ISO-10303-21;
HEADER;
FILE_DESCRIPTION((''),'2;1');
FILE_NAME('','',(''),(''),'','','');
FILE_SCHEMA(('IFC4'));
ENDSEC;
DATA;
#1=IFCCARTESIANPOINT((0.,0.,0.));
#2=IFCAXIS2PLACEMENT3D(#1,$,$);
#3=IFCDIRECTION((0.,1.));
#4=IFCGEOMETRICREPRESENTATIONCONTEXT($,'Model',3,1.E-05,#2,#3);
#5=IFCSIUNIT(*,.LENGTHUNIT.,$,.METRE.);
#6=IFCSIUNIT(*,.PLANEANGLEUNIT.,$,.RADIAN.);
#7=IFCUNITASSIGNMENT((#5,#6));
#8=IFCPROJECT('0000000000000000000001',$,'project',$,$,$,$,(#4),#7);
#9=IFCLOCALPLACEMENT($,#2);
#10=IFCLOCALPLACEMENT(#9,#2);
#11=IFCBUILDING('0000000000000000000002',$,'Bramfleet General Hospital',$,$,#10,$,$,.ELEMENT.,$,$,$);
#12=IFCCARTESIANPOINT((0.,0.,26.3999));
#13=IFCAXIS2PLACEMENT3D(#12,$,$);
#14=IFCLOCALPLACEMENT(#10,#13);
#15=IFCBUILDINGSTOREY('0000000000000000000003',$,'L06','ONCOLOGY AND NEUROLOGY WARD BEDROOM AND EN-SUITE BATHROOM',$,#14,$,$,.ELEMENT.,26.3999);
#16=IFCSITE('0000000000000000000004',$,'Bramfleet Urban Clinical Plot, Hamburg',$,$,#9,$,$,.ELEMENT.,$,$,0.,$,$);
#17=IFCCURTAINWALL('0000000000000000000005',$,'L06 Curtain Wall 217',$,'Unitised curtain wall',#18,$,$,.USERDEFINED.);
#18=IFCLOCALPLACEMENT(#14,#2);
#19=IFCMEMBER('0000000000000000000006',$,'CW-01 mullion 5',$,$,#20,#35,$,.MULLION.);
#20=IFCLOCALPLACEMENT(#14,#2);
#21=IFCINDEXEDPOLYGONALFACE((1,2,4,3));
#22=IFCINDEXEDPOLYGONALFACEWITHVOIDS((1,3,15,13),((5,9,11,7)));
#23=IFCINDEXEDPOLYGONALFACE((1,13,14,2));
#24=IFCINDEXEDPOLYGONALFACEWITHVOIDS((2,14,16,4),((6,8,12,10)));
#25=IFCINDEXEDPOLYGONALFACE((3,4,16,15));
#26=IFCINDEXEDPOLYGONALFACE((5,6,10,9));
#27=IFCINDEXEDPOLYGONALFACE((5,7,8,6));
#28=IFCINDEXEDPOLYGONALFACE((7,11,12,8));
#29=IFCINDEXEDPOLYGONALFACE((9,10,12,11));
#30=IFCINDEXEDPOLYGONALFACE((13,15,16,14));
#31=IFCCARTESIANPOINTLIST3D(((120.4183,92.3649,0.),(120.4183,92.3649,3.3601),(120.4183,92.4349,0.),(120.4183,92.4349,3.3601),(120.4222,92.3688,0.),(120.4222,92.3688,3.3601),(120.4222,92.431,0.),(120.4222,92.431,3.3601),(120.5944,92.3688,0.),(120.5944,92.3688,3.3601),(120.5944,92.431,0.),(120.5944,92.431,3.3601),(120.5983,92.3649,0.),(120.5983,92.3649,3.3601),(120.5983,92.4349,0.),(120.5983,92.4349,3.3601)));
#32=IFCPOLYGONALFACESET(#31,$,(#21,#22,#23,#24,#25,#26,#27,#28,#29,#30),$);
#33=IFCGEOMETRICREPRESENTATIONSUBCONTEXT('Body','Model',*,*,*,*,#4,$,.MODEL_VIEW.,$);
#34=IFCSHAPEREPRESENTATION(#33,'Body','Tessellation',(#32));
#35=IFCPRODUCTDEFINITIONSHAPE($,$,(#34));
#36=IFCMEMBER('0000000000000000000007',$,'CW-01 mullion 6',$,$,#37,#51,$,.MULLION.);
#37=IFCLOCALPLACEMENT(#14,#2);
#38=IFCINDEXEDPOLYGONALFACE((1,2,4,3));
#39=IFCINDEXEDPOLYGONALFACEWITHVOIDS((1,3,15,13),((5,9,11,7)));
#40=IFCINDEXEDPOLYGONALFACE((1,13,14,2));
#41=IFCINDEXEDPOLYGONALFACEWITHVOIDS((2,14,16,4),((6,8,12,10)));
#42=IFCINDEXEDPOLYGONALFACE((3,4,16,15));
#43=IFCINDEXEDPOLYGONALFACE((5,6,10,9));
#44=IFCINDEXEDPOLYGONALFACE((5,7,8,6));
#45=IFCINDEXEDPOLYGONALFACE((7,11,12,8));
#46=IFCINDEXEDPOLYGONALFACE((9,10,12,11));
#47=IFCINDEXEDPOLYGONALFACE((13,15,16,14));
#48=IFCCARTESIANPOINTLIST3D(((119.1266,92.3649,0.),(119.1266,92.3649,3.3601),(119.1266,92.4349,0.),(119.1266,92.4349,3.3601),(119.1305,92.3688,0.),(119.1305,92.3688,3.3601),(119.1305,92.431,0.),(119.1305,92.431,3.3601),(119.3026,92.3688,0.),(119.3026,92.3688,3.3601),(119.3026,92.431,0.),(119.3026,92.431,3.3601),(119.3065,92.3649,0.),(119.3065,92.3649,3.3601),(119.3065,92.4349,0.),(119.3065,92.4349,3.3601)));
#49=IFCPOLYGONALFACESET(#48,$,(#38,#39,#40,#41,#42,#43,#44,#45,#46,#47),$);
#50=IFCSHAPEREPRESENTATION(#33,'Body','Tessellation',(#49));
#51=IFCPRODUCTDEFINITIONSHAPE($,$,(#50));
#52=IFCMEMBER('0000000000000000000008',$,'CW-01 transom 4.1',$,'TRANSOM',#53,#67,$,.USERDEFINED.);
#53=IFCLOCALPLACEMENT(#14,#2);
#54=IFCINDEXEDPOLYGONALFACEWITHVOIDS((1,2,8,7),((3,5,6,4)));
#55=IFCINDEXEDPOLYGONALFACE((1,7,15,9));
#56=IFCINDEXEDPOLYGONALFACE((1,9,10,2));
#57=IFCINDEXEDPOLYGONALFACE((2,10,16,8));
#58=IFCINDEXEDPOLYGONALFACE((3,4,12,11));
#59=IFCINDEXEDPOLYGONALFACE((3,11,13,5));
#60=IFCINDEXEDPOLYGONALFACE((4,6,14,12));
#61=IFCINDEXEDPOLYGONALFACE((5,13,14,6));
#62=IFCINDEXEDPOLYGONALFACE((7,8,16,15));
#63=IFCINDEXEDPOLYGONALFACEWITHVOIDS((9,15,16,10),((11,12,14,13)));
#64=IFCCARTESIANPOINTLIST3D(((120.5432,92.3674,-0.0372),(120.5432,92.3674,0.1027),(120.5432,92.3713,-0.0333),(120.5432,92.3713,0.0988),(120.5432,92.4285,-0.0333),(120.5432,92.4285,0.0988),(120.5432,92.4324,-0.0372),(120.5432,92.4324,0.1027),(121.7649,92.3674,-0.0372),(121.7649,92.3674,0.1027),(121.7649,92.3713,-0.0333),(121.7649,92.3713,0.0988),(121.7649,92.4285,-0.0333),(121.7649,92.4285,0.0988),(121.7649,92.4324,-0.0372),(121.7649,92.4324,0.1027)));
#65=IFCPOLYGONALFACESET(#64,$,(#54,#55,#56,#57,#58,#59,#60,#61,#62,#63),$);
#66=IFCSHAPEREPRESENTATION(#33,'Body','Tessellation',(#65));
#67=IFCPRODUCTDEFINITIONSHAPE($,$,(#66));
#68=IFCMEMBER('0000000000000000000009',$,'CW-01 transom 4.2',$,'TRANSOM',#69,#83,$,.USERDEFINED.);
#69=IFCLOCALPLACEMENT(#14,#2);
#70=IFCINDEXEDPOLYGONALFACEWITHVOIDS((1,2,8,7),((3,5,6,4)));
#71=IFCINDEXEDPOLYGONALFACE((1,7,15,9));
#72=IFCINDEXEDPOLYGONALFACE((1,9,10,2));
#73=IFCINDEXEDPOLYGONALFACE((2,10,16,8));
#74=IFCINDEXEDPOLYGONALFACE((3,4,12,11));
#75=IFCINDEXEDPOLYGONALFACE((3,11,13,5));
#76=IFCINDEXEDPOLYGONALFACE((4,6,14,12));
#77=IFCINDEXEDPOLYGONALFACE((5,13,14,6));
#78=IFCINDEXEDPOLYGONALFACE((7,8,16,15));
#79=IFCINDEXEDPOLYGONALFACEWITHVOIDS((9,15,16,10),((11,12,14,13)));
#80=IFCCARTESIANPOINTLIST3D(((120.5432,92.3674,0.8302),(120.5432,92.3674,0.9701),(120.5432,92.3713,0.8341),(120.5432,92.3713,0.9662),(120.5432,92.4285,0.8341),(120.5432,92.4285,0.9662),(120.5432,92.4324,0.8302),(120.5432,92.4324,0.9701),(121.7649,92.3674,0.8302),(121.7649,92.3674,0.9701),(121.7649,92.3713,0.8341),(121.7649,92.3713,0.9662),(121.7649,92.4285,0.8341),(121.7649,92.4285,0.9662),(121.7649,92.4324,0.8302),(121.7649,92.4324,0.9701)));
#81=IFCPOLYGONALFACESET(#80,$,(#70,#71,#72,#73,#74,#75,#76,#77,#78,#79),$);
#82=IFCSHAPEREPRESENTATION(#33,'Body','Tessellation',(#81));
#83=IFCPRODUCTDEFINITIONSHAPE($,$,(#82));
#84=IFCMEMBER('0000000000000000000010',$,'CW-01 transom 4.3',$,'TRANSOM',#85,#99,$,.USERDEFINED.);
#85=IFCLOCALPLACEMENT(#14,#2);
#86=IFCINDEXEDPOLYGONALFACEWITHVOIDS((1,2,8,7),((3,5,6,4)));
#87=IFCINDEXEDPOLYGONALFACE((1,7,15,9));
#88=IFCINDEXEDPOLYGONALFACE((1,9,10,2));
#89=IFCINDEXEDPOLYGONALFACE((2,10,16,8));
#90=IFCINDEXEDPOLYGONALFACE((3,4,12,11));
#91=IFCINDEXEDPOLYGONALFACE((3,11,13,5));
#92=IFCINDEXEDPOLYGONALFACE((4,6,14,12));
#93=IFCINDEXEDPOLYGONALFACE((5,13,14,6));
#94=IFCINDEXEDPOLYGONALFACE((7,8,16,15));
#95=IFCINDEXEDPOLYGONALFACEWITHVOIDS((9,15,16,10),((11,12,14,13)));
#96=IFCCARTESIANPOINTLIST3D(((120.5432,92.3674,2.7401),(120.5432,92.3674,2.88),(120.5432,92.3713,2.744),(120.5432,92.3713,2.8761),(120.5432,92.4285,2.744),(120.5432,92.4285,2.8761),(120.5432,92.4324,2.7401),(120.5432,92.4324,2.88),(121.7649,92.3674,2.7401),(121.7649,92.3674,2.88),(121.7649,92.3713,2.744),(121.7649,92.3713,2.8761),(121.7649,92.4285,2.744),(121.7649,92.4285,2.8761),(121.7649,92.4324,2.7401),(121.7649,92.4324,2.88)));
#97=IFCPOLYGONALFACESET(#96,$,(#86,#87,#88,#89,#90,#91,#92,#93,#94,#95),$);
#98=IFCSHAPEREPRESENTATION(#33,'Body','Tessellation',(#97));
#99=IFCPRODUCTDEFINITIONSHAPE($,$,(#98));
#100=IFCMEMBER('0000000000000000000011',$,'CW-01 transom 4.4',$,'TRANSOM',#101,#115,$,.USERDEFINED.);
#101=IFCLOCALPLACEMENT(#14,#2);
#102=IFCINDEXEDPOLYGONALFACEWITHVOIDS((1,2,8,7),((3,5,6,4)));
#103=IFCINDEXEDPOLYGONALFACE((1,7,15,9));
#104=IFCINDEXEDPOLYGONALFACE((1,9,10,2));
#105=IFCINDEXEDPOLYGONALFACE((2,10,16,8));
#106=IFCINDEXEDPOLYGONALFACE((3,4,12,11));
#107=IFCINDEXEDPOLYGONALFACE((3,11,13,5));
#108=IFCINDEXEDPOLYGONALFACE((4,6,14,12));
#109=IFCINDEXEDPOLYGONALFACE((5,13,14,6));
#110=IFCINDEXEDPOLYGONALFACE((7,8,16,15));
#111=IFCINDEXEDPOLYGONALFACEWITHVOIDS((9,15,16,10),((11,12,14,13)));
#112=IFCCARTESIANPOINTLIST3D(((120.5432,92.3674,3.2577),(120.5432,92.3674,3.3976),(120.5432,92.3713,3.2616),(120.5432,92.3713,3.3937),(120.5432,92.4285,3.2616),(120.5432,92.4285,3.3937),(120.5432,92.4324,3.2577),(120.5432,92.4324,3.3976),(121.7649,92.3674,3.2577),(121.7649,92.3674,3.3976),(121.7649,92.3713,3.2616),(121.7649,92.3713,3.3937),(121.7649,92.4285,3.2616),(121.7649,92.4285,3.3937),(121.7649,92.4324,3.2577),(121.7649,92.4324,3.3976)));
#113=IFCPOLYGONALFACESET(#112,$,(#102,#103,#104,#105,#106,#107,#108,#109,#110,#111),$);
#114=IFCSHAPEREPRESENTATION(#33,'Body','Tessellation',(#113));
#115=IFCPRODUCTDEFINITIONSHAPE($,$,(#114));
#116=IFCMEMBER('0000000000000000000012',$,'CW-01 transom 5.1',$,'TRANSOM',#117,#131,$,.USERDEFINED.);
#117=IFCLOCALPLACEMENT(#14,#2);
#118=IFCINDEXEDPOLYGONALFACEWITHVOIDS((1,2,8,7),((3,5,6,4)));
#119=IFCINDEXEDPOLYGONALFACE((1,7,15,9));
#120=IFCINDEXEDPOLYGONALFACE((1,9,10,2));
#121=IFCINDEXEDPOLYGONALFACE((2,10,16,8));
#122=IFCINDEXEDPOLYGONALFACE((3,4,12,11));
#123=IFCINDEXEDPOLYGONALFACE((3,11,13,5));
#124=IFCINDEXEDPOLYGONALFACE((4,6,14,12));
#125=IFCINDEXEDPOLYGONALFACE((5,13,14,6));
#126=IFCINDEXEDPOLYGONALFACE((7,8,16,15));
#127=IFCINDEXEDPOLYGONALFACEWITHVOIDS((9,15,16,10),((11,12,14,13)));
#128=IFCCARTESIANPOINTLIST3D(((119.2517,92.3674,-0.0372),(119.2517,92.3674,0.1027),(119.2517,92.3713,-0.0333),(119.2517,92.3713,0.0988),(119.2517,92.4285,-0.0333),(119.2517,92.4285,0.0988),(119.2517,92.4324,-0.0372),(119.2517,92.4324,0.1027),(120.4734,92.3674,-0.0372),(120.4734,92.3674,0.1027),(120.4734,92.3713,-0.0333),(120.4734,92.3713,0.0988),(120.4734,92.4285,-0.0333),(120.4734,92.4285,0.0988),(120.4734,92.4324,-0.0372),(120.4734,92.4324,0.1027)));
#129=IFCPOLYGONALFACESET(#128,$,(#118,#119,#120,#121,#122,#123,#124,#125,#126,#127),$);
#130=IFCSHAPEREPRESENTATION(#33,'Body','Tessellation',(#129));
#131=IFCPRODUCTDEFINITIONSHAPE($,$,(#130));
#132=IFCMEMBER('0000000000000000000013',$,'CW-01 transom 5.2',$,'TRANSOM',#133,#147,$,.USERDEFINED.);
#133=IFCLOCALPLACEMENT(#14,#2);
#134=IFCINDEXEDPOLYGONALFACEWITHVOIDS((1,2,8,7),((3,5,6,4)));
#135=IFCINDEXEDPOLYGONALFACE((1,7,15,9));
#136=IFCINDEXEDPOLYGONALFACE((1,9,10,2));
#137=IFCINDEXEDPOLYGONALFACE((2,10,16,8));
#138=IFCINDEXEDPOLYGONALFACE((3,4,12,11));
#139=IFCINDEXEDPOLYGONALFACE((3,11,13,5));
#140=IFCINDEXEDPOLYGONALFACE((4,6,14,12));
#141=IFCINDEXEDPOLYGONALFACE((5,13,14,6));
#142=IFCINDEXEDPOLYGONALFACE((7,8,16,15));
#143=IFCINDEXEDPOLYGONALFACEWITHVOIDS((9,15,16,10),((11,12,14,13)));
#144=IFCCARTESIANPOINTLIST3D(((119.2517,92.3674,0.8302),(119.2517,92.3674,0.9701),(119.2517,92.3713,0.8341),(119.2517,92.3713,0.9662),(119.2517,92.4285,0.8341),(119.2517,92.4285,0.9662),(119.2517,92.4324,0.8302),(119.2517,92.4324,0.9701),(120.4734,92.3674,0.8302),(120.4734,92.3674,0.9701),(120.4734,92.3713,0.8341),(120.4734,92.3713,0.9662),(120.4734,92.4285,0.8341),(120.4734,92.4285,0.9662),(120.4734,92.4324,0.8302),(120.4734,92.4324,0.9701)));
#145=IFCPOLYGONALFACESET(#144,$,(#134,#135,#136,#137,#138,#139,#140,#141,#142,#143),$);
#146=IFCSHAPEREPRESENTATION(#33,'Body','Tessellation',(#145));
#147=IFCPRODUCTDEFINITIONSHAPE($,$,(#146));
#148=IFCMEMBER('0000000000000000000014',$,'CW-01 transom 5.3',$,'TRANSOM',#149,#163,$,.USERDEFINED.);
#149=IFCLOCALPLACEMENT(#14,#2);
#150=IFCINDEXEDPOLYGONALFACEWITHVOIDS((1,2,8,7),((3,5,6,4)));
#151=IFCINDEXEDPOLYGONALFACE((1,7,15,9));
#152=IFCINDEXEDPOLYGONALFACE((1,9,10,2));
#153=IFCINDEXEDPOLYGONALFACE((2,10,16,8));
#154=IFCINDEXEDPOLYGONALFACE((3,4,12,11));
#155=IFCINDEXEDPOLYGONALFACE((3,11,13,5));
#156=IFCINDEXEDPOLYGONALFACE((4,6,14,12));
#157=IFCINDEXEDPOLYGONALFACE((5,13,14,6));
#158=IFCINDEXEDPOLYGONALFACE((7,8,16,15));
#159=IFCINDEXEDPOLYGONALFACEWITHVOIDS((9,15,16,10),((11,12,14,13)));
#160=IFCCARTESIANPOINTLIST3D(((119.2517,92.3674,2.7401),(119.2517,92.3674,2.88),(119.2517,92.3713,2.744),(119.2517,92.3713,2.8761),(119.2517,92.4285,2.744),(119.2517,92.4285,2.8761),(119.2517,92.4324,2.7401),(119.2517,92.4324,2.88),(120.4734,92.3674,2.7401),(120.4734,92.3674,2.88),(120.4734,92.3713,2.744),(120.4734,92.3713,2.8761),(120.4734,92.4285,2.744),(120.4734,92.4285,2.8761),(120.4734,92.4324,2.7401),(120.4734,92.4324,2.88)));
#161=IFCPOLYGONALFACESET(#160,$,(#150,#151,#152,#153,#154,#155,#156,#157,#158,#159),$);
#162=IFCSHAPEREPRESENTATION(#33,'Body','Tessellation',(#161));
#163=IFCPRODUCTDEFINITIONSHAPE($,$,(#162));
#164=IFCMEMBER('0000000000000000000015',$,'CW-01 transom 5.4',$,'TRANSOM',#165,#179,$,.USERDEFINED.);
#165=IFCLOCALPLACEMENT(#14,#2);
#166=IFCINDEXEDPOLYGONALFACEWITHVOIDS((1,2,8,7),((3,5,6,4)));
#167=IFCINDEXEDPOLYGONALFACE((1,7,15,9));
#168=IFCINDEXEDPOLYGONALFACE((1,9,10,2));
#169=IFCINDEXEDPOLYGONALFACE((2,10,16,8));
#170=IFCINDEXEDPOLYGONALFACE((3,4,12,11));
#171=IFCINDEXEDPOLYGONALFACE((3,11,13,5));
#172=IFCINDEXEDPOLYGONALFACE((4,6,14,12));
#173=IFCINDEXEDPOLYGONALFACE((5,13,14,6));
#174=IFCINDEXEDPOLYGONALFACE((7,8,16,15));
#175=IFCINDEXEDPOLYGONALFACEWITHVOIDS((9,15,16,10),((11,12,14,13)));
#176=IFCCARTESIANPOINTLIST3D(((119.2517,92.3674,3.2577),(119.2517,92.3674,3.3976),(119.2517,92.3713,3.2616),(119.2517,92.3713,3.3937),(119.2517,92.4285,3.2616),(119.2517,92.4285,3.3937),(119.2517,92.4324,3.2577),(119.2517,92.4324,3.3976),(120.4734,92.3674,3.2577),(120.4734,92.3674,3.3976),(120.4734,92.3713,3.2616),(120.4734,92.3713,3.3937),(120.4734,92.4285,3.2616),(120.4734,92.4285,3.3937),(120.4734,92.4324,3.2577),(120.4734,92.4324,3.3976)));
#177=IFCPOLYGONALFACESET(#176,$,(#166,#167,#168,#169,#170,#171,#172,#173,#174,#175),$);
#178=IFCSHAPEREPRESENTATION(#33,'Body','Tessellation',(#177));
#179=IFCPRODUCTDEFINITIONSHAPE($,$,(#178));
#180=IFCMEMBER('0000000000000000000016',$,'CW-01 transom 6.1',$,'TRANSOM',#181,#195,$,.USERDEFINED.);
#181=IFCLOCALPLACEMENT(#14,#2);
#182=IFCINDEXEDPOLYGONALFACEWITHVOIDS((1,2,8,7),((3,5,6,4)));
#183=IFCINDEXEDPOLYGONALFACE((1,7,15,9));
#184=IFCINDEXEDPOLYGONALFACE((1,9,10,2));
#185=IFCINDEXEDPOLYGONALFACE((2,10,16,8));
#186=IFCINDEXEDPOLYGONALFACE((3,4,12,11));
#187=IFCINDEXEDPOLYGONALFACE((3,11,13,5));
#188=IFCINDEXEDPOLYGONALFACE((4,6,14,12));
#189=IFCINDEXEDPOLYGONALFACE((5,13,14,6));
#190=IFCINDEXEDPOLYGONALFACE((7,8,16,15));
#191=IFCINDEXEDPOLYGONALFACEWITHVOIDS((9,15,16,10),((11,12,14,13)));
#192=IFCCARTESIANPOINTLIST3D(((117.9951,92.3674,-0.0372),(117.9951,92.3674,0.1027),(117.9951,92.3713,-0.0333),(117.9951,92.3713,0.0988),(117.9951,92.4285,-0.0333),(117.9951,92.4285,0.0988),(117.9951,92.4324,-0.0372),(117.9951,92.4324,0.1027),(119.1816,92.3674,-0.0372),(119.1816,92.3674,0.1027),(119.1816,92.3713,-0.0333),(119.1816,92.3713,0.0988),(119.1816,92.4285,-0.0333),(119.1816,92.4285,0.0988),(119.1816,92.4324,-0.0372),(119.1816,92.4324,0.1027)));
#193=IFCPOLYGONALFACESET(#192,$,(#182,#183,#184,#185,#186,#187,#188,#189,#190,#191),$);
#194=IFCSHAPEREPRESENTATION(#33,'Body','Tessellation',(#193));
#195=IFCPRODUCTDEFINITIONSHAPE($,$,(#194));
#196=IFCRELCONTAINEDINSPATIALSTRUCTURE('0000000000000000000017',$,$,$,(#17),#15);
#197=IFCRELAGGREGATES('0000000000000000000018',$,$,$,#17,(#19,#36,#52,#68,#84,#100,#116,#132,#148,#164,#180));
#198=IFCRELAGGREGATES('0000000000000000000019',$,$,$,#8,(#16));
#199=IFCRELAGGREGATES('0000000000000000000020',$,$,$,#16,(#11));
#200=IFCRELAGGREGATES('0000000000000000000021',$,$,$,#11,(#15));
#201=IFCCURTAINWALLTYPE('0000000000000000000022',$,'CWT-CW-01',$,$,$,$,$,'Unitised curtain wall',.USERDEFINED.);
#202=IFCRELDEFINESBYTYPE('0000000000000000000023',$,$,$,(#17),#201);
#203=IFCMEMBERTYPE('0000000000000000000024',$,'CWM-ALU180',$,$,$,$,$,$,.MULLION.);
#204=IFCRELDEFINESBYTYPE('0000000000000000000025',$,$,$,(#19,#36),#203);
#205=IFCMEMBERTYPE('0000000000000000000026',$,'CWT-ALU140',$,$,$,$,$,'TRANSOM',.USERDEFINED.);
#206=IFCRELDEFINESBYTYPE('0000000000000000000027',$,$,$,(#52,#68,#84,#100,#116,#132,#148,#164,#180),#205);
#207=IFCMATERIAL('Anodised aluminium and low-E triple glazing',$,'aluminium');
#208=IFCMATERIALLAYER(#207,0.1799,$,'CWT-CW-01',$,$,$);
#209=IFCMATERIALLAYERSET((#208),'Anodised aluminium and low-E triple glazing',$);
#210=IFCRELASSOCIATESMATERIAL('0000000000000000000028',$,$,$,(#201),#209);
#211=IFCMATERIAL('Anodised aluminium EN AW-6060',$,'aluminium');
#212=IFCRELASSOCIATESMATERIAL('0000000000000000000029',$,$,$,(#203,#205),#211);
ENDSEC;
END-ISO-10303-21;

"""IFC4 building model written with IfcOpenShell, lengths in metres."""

from ifc_helpers import new_model, si_unit, direction, frame, origin, origin_2d, place, context, subcontext, project, spatial, hollow_rectangle, extrude, material, layer, layer_set, material_profile, profile_set, type_object, element, aggregate, save


model = new_model("IFC4")

# Units and contexts
model_context = context("Model", 3, precision=1e-05, world=origin(), true_north=direction((0.0, 1.0)))
body_context = subcontext(model_context, "Body", "Model", "MODEL_VIEW")
ifc_project = project(units=[si_unit("LENGTHUNIT", "METRE"), si_unit("PLANEANGLEUNIT", "RADIAN")], contexts=[model_context])

# Site, building, storey
site_placement = place(None, origin())
site = spatial("IfcSite", under=ifc_project, at=site_placement, Name="Bramfleet Urban Clinical Plot, Hamburg", CompositionType="ELEMENT", RefElevation=0.0)
building_placement = place(site_placement, origin())
building = spatial("IfcBuilding", under=site, at=building_placement, Name="Bramfleet General Hospital", CompositionType="ELEMENT")
storey_placement = place(building_placement, frame((0.0, 0.0, 26.3999)))
storey = spatial("IfcBuildingStorey", under=building, at=storey_placement, Name="L06", Description="ONCOLOGY AND NEUROLOGY WARD BEDROOM AND EN-SUITE BATHROOM", CompositionType="ELEMENT", Elevation=26.3999)

# Curtain wall, members
ifc_material_1 = material(Name="Anodised aluminium and low-E triple glazing", Category="aluminium")
ifc_layer_1 = layer(ifc_material_1, 0.1799, Name="CWT-CW-01")
ifc_layer_set_1 = layer_set([ifc_layer_1], Name="Anodised aluminium and low-E triple glazing")
curtain_wall_type = type_object("IfcCurtainWallType", Name="CWT-CW-01", ElementType="Unitised curtain wall", PredefinedType="USERDEFINED", material=ifc_layer_set_1)
curtain_wall_placement = place(storey_placement, origin())
curtain_wall = element("IfcCurtainWall", 1, at=curtain_wall_placement, inside=storey, type_object=curtain_wall_type, Name="L06 Curtain Wall 217", ObjectType="Unitised curtain wall", PredefinedType="USERDEFINED")
ifc_material_2 = material(Name="Anodised aluminium EN AW-6060", Category="aluminium")
ifc_material_profile_1 = material_profile(ifc_material_2, hollow_rectangle(XDim=0.0701, YDim=0.1799, WallThickness=0.0039, at=origin_2d()), Name="ALU 180x70x4.0")
ifc_profile_set_1 = profile_set([ifc_material_profile_1], Name="Anodised aluminium EN AW-6060")
member_type_1 = type_object("IfcMemberType", Name="CWM-ALU180", PredefinedType="MULLION", material=ifc_profile_set_1)
member_1_placement = place(storey_placement, frame((120.5083, 92.3999, 0.0), z_axis=(0.0, 0.0, 1.0), x_axis=(0.0, -1.0, 0.0)))
member_1 = element("IfcMember", 2, at=member_1_placement, type_object=member_type_1, Name="CW-01 mullion 5", PredefinedType="MULLION", context=body_context, shape_type="SweptSolid", body=[
    extrude(hollow_rectangle(XDim=0.0701, YDim=0.1799, WallThickness=0.0039, at=origin_2d()), origin(), (0.0, 0.0, 1.0), 3.3601),
])
member_2_placement = place(storey_placement, frame((119.2166, 92.3999, 0.0), z_axis=(0.0, 0.0, 1.0), x_axis=(0.0, -1.0, 0.0)))
member_2 = element("IfcMember", 3, at=member_2_placement, type_object=member_type_1, Name="CW-01 mullion 6", PredefinedType="MULLION", context=body_context, shape_type="SweptSolid", body=[
    extrude(hollow_rectangle(XDim=0.0701, YDim=0.1799, WallThickness=0.0039, at=origin_2d()), origin(), (0.0, 0.0, 1.0), 3.3601),
])
ifc_material_profile_2 = material_profile(ifc_material_2, hollow_rectangle(XDim=0.0649, YDim=0.1399, WallThickness=0.0039, at=origin_2d()), Name="ALU 140x65x4.0")
ifc_profile_set_2 = profile_set([ifc_material_profile_2], Name="Anodised aluminium EN AW-6060")
member_type_2 = type_object("IfcMemberType", Name="CWT-ALU140", ElementType="TRANSOM", PredefinedType="USERDEFINED", material=ifc_profile_set_2)
member_3_placement = place(storey_placement, frame((121.7649, 92.3999, 0.0327), z_axis=(-1.0, 0.0, 0.0), x_axis=(0.0, -1.0, 0.0)))
member_3 = element("IfcMember", 4, at=member_3_placement, type_object=member_type_2, Name="CW-01 transom 4.1", ObjectType="TRANSOM", PredefinedType="USERDEFINED", context=body_context, shape_type="SweptSolid", body=[
    extrude(hollow_rectangle(XDim=0.0649, YDim=0.1399, WallThickness=0.0039, at=origin_2d()), origin(), (0.0, 0.0, 1.0), 1.2217),
])
member_4_placement = place(storey_placement, frame((121.7649, 92.3999, 0.9001), z_axis=(-1.0, 0.0, 0.0), x_axis=(0.0, -1.0, 0.0)))
member_4 = element("IfcMember", 5, at=member_4_placement, type_object=member_type_2, Name="CW-01 transom 4.2", ObjectType="TRANSOM", PredefinedType="USERDEFINED", context=body_context, shape_type="SweptSolid", body=[
    extrude(hollow_rectangle(XDim=0.0649, YDim=0.1399, WallThickness=0.0039, at=origin_2d()), origin(), (0.0, 0.0, 1.0), 1.2217),
])
member_5_placement = place(storey_placement, frame((121.7649, 92.3999, 2.8101), z_axis=(-1.0, 0.0, 0.0), x_axis=(0.0, -1.0, 0.0)))
member_5 = element("IfcMember", 6, at=member_5_placement, type_object=member_type_2, Name="CW-01 transom 4.3", ObjectType="TRANSOM", PredefinedType="USERDEFINED", context=body_context, shape_type="SweptSolid", body=[
    extrude(hollow_rectangle(XDim=0.0649, YDim=0.1399, WallThickness=0.0039, at=origin_2d()), origin(), (0.0, 0.0, 1.0), 1.2217),
])
member_6_placement = place(storey_placement, frame((121.7649, 92.3999, 3.3276), z_axis=(-1.0, 0.0, 0.0), x_axis=(0.0, -1.0, 0.0)))
member_6 = element("IfcMember", 7, at=member_6_placement, type_object=member_type_2, Name="CW-01 transom 4.4", ObjectType="TRANSOM", PredefinedType="USERDEFINED", context=body_context, shape_type="SweptSolid", body=[
    extrude(hollow_rectangle(XDim=0.0649, YDim=0.1399, WallThickness=0.0039, at=origin_2d()), origin(), (0.0, 0.0, 1.0), 1.2217),
])
member_7_placement = place(storey_placement, frame((120.4734, 92.3999, 0.0327), z_axis=(-1.0, 0.0, 0.0), x_axis=(0.0, -1.0, 0.0)))
member_7 = element("IfcMember", 8, at=member_7_placement, type_object=member_type_2, Name="CW-01 transom 5.1", ObjectType="TRANSOM", PredefinedType="USERDEFINED", context=body_context, shape_type="SweptSolid", body=[
    extrude(hollow_rectangle(XDim=0.0649, YDim=0.1399, WallThickness=0.0039, at=origin_2d()), origin(), (0.0, 0.0, 1.0), 1.2217),
])
member_8_placement = place(storey_placement, frame((120.4734, 92.3999, 0.9001), z_axis=(-1.0, 0.0, 0.0), x_axis=(0.0, -1.0, 0.0)))
member_8 = element("IfcMember", 9, at=member_8_placement, type_object=member_type_2, Name="CW-01 transom 5.2", ObjectType="TRANSOM", PredefinedType="USERDEFINED", context=body_context, shape_type="SweptSolid", body=[
    extrude(hollow_rectangle(XDim=0.0649, YDim=0.1399, WallThickness=0.0039, at=origin_2d()), origin(), (0.0, 0.0, 1.0), 1.2217),
])
member_9_placement = place(storey_placement, frame((120.4734, 92.3999, 2.8101), z_axis=(-1.0, 0.0, 0.0), x_axis=(0.0, -1.0, 0.0)))
member_9 = element("IfcMember", 10, at=member_9_placement, type_object=member_type_2, Name="CW-01 transom 5.3", ObjectType="TRANSOM", PredefinedType="USERDEFINED", context=body_context, shape_type="SweptSolid", body=[
    extrude(hollow_rectangle(XDim=0.0649, YDim=0.1399, WallThickness=0.0039, at=origin_2d()), origin(), (0.0, 0.0, 1.0), 1.2217),
])
member_10_placement = place(storey_placement, frame((120.4734, 92.3999, 3.3276), z_axis=(-1.0, 0.0, 0.0), x_axis=(0.0, -1.0, 0.0)))
member_10 = element("IfcMember", 11, at=member_10_placement, type_object=member_type_2, Name="CW-01 transom 5.4", ObjectType="TRANSOM", PredefinedType="USERDEFINED", context=body_context, shape_type="SweptSolid", body=[
    extrude(hollow_rectangle(XDim=0.0649, YDim=0.1399, WallThickness=0.0039, at=origin_2d()), origin(), (0.0, 0.0, 1.0), 1.2217),
])
member_11_placement = place(storey_placement, frame((119.1816, 92.3999, 0.0327), z_axis=(-1.0, 0.0, 0.0), x_axis=(0.0, -1.0, 0.0)))
member_11 = element("IfcMember", 12, at=member_11_placement, type_object=member_type_2, Name="CW-01 transom 6.1", ObjectType="TRANSOM", PredefinedType="USERDEFINED", context=body_context, shape_type="SweptSolid", body=[
    extrude(hollow_rectangle(XDim=0.0649, YDim=0.1399, WallThickness=0.0039, at=origin_2d()), origin(), (0.0, 0.0, 1.0), 1.1865),
])
aggregate(curtain_wall, [member_1, member_2, member_3, member_4, member_5, member_6, member_7, member_8, member_9, member_10, member_11])

save(model, "model.ifc")
